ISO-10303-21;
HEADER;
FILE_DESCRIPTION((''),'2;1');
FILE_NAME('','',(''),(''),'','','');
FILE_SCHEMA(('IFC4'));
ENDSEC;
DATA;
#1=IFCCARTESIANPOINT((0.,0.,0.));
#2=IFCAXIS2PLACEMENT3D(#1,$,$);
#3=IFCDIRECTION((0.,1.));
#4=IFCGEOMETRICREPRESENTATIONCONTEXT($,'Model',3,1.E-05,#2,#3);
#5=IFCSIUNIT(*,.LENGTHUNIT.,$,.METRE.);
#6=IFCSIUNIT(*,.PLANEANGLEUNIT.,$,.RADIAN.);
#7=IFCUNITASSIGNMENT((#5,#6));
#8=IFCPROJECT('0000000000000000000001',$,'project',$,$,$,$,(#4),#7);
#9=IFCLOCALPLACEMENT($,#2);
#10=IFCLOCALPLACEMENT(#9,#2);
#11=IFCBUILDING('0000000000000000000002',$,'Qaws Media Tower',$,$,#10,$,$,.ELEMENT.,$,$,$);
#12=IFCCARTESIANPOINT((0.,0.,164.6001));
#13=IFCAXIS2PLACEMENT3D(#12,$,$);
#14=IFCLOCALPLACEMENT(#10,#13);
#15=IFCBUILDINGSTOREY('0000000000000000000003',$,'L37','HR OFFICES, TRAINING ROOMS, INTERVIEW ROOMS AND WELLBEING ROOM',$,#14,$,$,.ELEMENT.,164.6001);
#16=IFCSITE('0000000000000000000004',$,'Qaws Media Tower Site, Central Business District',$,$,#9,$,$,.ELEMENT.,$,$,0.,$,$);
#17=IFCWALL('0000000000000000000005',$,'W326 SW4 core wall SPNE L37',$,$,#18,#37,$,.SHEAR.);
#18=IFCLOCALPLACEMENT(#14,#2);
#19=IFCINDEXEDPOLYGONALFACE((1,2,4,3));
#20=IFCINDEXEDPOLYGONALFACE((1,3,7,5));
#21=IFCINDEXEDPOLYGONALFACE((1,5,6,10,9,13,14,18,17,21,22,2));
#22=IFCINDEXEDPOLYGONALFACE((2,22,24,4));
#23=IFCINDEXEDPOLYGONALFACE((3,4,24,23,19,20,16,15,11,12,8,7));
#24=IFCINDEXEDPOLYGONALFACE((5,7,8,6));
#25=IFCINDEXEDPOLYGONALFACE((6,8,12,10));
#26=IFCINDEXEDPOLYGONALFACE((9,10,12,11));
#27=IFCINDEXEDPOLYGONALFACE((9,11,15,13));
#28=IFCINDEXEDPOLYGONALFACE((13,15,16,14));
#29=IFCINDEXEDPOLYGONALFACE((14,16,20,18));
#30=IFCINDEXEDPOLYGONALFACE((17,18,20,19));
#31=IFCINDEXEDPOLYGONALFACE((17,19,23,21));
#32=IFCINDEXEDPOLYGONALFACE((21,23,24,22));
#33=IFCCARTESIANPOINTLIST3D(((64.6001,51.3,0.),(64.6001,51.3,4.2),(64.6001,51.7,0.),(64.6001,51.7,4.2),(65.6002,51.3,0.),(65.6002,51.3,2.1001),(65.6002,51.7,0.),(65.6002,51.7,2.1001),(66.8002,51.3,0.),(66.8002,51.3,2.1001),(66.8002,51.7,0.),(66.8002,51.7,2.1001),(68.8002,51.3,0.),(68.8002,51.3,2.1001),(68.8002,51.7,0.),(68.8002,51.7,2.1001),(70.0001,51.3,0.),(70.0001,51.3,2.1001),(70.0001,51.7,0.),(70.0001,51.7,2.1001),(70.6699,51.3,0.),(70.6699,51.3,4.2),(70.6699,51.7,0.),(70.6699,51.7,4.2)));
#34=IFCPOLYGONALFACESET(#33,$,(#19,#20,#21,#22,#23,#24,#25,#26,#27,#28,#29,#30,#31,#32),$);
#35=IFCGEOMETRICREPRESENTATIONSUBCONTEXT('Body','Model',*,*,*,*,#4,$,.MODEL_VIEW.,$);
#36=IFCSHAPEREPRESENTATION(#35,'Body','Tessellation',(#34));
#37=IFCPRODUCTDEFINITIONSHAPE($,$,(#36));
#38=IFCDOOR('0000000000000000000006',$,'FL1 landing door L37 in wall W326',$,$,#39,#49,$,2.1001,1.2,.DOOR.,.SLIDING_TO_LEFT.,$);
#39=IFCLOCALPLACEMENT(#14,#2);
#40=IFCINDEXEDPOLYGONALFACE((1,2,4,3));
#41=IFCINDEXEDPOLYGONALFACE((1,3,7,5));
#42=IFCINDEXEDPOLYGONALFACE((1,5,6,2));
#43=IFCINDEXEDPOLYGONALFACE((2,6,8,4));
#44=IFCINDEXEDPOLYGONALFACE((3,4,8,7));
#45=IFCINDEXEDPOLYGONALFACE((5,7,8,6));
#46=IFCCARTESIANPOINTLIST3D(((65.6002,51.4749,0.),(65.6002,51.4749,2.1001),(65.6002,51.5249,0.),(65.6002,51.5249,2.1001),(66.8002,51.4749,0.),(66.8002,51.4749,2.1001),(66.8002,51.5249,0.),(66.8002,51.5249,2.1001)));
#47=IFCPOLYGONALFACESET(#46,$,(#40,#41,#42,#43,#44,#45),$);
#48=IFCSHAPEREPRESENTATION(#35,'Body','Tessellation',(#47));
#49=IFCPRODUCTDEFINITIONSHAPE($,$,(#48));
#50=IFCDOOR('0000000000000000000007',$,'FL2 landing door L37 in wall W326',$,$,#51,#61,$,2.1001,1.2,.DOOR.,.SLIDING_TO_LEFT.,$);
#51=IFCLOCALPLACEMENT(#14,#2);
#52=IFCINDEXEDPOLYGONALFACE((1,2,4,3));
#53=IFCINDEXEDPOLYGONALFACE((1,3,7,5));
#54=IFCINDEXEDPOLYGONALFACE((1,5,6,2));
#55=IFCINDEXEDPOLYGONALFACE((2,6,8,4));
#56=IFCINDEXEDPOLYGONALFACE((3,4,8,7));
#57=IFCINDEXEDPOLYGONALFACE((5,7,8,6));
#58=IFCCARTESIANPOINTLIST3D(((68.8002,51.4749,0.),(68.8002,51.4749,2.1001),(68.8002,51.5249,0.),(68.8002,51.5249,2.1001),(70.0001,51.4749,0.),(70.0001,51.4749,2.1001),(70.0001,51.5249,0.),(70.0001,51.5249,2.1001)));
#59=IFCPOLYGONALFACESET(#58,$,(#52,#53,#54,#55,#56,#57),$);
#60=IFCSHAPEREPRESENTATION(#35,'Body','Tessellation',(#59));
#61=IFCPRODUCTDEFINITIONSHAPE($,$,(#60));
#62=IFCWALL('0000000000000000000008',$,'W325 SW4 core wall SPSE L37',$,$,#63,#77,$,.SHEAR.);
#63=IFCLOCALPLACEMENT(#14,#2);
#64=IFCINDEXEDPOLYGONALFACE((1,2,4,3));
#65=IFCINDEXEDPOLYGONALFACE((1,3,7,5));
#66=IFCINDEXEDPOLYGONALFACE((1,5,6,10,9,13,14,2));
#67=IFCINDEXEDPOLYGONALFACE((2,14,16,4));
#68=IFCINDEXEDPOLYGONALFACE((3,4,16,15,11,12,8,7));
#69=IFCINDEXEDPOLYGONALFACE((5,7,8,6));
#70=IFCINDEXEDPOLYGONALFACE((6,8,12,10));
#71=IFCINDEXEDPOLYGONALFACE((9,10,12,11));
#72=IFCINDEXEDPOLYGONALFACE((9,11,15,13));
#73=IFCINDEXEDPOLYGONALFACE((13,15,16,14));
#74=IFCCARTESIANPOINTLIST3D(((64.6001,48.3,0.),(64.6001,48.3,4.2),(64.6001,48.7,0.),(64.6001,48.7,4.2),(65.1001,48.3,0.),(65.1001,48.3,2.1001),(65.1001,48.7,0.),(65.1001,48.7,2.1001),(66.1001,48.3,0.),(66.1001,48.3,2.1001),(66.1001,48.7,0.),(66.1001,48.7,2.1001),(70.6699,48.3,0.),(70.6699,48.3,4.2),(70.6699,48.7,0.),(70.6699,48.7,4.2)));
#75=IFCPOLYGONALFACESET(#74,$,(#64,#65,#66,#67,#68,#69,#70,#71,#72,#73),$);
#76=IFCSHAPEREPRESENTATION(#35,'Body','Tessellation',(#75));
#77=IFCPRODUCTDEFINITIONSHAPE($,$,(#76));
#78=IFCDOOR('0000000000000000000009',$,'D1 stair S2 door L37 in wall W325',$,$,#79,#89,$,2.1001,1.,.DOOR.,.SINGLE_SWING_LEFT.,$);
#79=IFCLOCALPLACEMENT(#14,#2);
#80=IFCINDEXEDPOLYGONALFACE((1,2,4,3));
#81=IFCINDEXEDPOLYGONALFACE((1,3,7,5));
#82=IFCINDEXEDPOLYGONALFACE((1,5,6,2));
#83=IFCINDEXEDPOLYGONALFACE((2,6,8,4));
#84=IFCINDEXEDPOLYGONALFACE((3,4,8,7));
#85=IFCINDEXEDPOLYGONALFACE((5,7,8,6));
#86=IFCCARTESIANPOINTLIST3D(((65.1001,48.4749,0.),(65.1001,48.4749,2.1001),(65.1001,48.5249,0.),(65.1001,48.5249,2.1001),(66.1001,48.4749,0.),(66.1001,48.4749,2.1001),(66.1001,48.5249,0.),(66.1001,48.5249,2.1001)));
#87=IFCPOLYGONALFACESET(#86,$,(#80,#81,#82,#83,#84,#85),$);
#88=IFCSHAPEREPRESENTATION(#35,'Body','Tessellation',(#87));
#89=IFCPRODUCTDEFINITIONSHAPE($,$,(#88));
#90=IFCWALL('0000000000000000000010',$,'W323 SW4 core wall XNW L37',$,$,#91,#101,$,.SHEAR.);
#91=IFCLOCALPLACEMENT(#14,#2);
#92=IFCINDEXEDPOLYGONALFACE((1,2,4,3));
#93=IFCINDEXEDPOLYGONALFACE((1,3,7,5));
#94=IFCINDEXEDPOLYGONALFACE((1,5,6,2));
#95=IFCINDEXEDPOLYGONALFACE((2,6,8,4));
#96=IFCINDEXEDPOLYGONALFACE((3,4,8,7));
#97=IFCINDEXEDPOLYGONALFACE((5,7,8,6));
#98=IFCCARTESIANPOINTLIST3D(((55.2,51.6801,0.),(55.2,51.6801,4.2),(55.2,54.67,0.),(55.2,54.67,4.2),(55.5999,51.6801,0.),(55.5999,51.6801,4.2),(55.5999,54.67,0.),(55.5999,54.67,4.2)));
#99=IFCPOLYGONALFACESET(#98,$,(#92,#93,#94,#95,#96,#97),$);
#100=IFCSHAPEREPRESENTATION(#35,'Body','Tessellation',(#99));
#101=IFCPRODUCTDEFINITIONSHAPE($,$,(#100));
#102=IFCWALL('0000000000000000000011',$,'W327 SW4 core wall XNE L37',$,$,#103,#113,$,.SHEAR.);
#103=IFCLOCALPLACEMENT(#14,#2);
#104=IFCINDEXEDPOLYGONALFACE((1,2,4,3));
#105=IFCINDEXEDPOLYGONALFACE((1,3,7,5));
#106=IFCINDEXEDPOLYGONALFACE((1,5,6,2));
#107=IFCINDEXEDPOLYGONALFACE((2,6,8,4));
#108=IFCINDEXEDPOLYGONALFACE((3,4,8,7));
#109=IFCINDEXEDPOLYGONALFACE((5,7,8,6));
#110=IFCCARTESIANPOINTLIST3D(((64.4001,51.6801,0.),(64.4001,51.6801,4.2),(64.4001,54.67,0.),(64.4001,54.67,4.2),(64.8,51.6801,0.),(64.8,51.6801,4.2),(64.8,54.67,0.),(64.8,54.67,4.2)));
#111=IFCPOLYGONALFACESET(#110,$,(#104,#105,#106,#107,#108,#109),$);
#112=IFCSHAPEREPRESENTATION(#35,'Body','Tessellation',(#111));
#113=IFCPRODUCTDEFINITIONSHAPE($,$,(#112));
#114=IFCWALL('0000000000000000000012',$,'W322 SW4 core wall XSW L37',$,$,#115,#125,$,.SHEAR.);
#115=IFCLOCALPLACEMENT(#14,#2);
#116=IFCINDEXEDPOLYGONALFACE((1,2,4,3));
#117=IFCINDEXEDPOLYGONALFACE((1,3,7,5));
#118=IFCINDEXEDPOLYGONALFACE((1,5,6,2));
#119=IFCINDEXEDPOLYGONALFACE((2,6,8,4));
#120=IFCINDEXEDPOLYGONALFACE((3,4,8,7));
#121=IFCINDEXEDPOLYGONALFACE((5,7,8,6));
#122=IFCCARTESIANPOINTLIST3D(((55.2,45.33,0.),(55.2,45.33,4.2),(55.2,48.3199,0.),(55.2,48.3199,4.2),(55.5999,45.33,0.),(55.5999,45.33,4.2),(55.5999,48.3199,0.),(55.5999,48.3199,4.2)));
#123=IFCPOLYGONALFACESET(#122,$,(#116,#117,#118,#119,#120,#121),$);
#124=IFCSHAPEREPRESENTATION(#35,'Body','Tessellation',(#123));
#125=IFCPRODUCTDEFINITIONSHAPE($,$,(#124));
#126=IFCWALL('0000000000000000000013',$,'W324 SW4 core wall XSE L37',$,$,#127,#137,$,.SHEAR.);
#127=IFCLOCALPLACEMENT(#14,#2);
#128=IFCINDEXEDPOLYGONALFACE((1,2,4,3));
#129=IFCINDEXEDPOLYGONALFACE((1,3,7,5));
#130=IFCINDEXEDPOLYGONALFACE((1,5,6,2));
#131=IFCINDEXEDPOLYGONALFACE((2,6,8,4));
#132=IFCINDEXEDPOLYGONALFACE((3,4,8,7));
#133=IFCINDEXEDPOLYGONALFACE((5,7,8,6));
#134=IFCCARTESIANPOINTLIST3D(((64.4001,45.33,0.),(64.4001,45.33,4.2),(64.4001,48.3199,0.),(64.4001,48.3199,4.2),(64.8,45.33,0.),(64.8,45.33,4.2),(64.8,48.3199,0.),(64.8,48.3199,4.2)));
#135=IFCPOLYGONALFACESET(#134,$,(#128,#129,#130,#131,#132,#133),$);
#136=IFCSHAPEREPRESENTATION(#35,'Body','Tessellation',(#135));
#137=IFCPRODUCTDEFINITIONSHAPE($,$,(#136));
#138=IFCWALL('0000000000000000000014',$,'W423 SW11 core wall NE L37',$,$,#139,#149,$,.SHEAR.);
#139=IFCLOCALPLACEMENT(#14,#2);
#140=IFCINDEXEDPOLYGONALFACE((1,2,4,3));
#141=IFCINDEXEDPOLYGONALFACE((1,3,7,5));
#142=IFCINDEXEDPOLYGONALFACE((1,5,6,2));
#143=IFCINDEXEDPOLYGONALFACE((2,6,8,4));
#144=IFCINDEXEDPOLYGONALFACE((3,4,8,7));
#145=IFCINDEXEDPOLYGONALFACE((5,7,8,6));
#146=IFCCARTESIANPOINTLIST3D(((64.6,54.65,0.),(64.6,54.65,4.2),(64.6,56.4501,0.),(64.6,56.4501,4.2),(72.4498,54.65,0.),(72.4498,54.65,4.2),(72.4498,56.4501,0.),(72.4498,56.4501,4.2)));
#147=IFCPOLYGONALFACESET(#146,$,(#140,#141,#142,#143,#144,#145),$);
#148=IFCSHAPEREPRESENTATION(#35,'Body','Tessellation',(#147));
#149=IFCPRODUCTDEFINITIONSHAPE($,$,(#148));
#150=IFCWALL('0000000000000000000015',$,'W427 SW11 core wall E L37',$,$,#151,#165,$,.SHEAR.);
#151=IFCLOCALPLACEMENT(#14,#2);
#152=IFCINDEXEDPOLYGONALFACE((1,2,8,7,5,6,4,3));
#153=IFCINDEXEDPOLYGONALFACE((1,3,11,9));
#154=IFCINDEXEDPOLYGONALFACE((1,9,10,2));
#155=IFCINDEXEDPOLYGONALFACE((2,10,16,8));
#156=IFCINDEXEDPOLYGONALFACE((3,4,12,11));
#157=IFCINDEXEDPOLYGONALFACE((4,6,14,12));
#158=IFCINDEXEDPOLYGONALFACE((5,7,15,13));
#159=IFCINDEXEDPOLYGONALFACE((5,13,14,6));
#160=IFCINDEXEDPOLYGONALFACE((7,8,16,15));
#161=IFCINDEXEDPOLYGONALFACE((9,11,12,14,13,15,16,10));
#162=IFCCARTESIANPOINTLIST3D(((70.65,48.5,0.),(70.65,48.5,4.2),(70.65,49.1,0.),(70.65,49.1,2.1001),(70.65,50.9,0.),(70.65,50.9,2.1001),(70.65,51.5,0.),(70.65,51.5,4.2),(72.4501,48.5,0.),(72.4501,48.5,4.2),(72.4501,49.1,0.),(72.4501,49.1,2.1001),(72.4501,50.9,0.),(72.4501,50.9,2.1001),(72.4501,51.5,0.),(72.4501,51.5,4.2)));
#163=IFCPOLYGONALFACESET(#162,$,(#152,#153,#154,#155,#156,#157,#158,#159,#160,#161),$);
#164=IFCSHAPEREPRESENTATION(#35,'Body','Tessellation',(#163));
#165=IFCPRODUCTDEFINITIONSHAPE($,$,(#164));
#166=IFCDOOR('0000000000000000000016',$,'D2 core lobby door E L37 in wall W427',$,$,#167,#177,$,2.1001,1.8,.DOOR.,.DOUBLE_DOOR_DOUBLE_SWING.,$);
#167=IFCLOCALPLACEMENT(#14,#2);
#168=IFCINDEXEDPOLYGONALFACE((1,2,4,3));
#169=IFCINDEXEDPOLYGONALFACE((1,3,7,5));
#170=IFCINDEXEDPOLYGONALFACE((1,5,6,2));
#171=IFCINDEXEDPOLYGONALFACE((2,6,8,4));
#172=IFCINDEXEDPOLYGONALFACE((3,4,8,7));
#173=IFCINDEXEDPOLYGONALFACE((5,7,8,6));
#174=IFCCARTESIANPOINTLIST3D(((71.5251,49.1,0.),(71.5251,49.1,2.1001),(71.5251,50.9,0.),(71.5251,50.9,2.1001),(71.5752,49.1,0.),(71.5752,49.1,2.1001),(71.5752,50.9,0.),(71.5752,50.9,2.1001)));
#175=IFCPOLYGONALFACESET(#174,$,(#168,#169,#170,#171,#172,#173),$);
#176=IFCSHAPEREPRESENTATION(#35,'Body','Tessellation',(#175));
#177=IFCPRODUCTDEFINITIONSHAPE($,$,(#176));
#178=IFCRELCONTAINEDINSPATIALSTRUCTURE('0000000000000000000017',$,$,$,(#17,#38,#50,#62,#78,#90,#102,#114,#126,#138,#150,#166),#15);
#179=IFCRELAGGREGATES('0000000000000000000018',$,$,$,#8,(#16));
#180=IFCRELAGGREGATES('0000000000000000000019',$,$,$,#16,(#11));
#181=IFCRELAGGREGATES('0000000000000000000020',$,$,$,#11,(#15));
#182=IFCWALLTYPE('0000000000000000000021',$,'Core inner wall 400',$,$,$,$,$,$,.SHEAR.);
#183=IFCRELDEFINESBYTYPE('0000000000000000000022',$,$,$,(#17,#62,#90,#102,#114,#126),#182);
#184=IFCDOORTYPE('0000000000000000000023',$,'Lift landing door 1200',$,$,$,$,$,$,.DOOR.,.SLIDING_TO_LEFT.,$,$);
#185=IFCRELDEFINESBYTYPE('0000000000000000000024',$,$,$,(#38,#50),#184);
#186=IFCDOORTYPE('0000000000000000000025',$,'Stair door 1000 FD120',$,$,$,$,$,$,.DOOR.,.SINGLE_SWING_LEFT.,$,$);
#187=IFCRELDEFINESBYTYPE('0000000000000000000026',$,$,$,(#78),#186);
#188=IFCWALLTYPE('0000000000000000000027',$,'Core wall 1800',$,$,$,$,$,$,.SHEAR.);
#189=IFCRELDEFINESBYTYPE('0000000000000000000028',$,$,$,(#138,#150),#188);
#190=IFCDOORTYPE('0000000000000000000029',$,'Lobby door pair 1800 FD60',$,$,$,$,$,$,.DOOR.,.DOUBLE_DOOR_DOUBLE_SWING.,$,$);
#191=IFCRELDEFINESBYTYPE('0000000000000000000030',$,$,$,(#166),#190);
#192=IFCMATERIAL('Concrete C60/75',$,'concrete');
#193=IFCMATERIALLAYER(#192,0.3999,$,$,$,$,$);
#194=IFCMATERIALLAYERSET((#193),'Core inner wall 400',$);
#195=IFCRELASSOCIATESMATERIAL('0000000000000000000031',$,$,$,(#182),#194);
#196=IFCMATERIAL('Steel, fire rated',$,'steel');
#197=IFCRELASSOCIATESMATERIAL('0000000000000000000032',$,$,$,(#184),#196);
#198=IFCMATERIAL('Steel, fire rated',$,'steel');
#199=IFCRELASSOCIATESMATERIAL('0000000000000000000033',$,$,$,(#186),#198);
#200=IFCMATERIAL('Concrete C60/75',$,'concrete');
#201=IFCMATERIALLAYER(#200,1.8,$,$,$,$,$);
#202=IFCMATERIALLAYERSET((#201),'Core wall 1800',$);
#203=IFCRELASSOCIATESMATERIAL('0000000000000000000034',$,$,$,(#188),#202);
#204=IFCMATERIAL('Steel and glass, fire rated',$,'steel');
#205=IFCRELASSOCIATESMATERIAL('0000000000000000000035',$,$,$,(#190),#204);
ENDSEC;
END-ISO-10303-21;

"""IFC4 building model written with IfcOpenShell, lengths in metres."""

from ifc_helpers import new_model, si_unit, direction, frame, frame_2d, origin, place, context, subcontext, project, spatial, rectangle, extrude, material, layer, layer_set, type_object, element, fill, save


model = new_model("IFC4")

# Units and contexts
model_context = context("Model", 3, precision=1e-05, world=origin(), true_north=direction((0.0, 1.0)))
body_context = subcontext(model_context, "Body", "Model", "MODEL_VIEW")
ifc_project = project(units=[si_unit("LENGTHUNIT", "METRE"), si_unit("PLANEANGLEUNIT", "RADIAN")], contexts=[model_context])

# Site, building, storey
site_placement = place(None, origin())
site = spatial("IfcSite", under=ifc_project, at=site_placement, Name="Qaws Media Tower Site, Central Business District", CompositionType="ELEMENT", RefElevation=0.0)
building_placement = place(site_placement, origin())
building = spatial("IfcBuilding", under=site, at=building_placement, Name="Qaws Media Tower", CompositionType="ELEMENT")
storey_placement = place(building_placement, frame((0.0, 0.0, 164.6001)))
storey = spatial("IfcBuildingStorey", under=building, at=storey_placement, Name="L37", Description="HR OFFICES, TRAINING ROOMS, INTERVIEW ROOMS AND WELLBEING ROOM", CompositionType="ELEMENT", Elevation=164.6001)

# Wall, openings, doors
ifc_material_1 = material(Name="Concrete C60/75", Category="concrete")
ifc_layer_1 = layer(ifc_material_1, 0.3999)
ifc_layer_set_1 = layer_set([ifc_layer_1], Name="Core inner wall 400")
wall_type_1 = type_object("IfcWallType", Name="Core inner wall 400", PredefinedType="SHEAR", material=ifc_layer_set_1)
wall_1_placement = place(storey_placement, frame((64.6001, 51.5, 0.0), z_axis=(0.0, 0.0, 1.0), x_axis=(1.0, 0.0, 0.0)))
wall_1 = element("IfcWall", 1, at=wall_1_placement, inside=storey, type_object=wall_type_1, Name="W326 SW4 core wall SPNE L37", PredefinedType="SHEAR", context=body_context, shape_type="SweptSolid", body=[
    extrude(rectangle(XDim=6.0698, YDim=0.3999, at=frame_2d((3.0349, 0.0))), origin(), (0.0, 0.0, 1.0), 4.2),
])
opening_1_placement = place(wall_1_placement, frame((1.0, 0.0, 0.0)))
opening_1 = element("IfcOpeningElement", 2, at=opening_1_placement, cuts=wall_1, PredefinedType="OPENING", context=body_context, shape_type="SweptSolid", body=[
    extrude(rectangle(XDim=1.2, YDim=2.1001, at=frame_2d((0.6001, 1.05))), frame((0.0, 0.21, 0.0), z_axis=(0.0, -1.0, 0.0), x_axis=(1.0, 0.0, 0.0)), (0.0, 0.0, 1.0), 0.4199),
])
opening_2_placement = place(wall_1_placement, frame((4.2, 0.0, 0.0)))
opening_2 = element("IfcOpeningElement", 3, at=opening_2_placement, cuts=wall_1, PredefinedType="OPENING", context=body_context, shape_type="SweptSolid", body=[
    extrude(rectangle(XDim=1.2, YDim=2.1001, at=frame_2d((0.6001, 1.05))), frame((0.0, 0.21, 0.0), z_axis=(0.0, -1.0, 0.0), x_axis=(1.0, 0.0, 0.0)), (0.0, 0.0, 1.0), 0.4199),
])
ifc_material_2 = material(Name="Steel, fire rated", Category="steel")
door_type_1 = type_object("IfcDoorType", Name="Lift landing door 1200", OperationType="SLIDING_TO_LEFT", PredefinedType="DOOR", material=ifc_material_2)
door_1_placement = place(opening_1_placement, origin())
door_1 = element("IfcDoor", 4, at=door_1_placement, inside=storey, type_object=door_type_1, Name="FL1 landing door L37 in wall W326", OperationType="SLIDING_TO_LEFT", OverallHeight=2.1001, OverallWidth=1.2, PredefinedType="DOOR", context=body_context, shape_type="SweptSolid", body=[
    extrude(rectangle(XDim=1.2, YDim=2.1001, at=frame_2d((0.6001, 1.05))), frame((0.0, 0.0249, 0.0), z_axis=(0.0, -1.0, 0.0), x_axis=(1.0, 0.0, 0.0)), (0.0, 0.0, 1.0), 0.05),
])
fill(opening_1, door_1)
door_2_placement = place(opening_2_placement, origin())
door_2 = element("IfcDoor", 5, at=door_2_placement, inside=storey, type_object=door_type_1, Name="FL2 landing door L37 in wall W326", OperationType="SLIDING_TO_LEFT", OverallHeight=2.1001, OverallWidth=1.2, PredefinedType="DOOR", context=body_context, shape_type="SweptSolid", body=[
    extrude(rectangle(XDim=1.2, YDim=2.1001, at=frame_2d((0.6001, 1.05))), frame((0.0, 0.0249, 0.0), z_axis=(0.0, -1.0, 0.0), x_axis=(1.0, 0.0, 0.0)), (0.0, 0.0, 1.0), 0.05),
])
fill(opening_2, door_2)

# Wall, opening, door
wall_2_placement = place(storey_placement, frame((64.6001, 48.5, 0.0), z_axis=(0.0, 0.0, 1.0), x_axis=(1.0, 0.0, 0.0)))
wall_2 = element("IfcWall", 6, at=wall_2_placement, inside=storey, type_object=wall_type_1, Name="W325 SW4 core wall SPSE L37", PredefinedType="SHEAR", context=body_context, shape_type="SweptSolid", body=[
    extrude(rectangle(XDim=6.0698, YDim=0.3999, at=frame_2d((3.0349, 0.0))), origin(), (0.0, 0.0, 1.0), 4.2),
])
opening_3_placement = place(wall_2_placement, frame((0.5, 0.0, 0.0)))
opening_3 = element("IfcOpeningElement", 7, at=opening_3_placement, cuts=wall_2, PredefinedType="OPENING", context=body_context, shape_type="SweptSolid", body=[
    extrude(rectangle(XDim=1.0, YDim=2.1001, at=frame_2d((0.5, 1.05))), frame((0.0, 0.21, 0.0), z_axis=(0.0, -1.0, 0.0), x_axis=(1.0, 0.0, 0.0)), (0.0, 0.0, 1.0), 0.4199),
])
ifc_material_3 = material(Name="Steel, fire rated", Category="steel")
door_type_2 = type_object("IfcDoorType", Name="Stair door 1000 FD120", OperationType="SINGLE_SWING_LEFT", PredefinedType="DOOR", material=ifc_material_3)
door_3_placement = place(opening_3_placement, origin())
door_3 = element("IfcDoor", 8, at=door_3_placement, inside=storey, type_object=door_type_2, Name="D1 stair S2 door L37 in wall W325", OperationType="SINGLE_SWING_LEFT", OverallHeight=2.1001, OverallWidth=1.0, PredefinedType="DOOR", context=body_context, shape_type="SweptSolid", body=[
    extrude(rectangle(XDim=1.0, YDim=2.1001, at=frame_2d((0.5, 1.05))), frame((0.0, 0.0249, 0.0), z_axis=(0.0, -1.0, 0.0), x_axis=(1.0, 0.0, 0.0)), (0.0, 0.0, 1.0), 0.05),
])
fill(opening_3, door_3)

# Walls
for number, where, z_axis, x_axis, name in (
    (9, (55.3999, 51.6799, 0.0), (0.0, 0.0, 1.0), (0.0, 1.0, 0.0), "W323 SW4 core wall XNW L37"),
    (10, (64.6001, 51.6799, 0.0), (0.0, 0.0, 1.0), (0.0, 1.0, 0.0), "W327 SW4 core wall XNE L37"),
    (11, (55.3999, 48.3201, 0.0), (0.0, 0.0, 1.0), (0.0, -1.0, 0.0), "W322 SW4 core wall XSW L37"),
    (12, (64.6001, 48.3201, 0.0), (0.0, 0.0, 1.0), (0.0, -1.0, 0.0), "W324 SW4 core wall XSE L37"),
):
    element("IfcWall", number, at=place(storey_placement, frame(where, z_axis=z_axis, x_axis=x_axis)), inside=storey, type_object=wall_type_1, Name=name, PredefinedType="SHEAR", context=body_context, shape_type="SweptSolid", body=[
        extrude(rectangle(XDim=2.99, YDim=0.3999, at=frame_2d((1.4951, 0.0))), origin(), (0.0, 0.0, 1.0), 4.2),
    ])
ifc_material_4 = material(Name="Concrete C60/75", Category="concrete")
ifc_layer_2 = layer(ifc_material_4, 1.8)
ifc_layer_set_2 = layer_set([ifc_layer_2], Name="Core wall 1800")
wall_type_2 = type_object("IfcWallType", Name="Core wall 1800", PredefinedType="SHEAR", material=ifc_layer_set_2)
wall_3_placement = place(storey_placement, frame((64.6001, 55.55, 0.0), z_axis=(0.0, 0.0, 1.0), x_axis=(1.0, 0.0, 0.0)))
element("IfcWall", 13, at=wall_3_placement, inside=storey, type_object=wall_type_2, Name="W423 SW11 core wall NE L37", PredefinedType="SHEAR", context=body_context, shape_type="SweptSolid", body=[
    extrude(rectangle(XDim=7.8499, YDim=1.8, at=frame_2d((3.9248, 0.0))), origin(), (0.0, 0.0, 1.0), 4.2),
])

# Wall, opening, door
wall_4_placement = place(storey_placement, frame((71.55, 48.5, 0.0), z_axis=(0.0, 0.0, 1.0), x_axis=(0.0, 1.0, 0.0)))
wall_4 = element("IfcWall", 14, at=wall_4_placement, inside=storey, type_object=wall_type_2, Name="W427 SW11 core wall E L37", PredefinedType="SHEAR", context=body_context, shape_type="SweptSolid", body=[
    extrude(rectangle(XDim=3.0, YDim=1.8, at=frame_2d((1.5, 0.0))), origin(), (0.0, 0.0, 1.0), 4.2),
])
opening_4_placement = place(wall_4_placement, frame((0.6001, 0.0, 0.0)))
opening_4 = element("IfcOpeningElement", 15, at=opening_4_placement, cuts=wall_4, PredefinedType="OPENING", context=body_context, shape_type="SweptSolid", body=[
    extrude(rectangle(XDim=1.8, YDim=2.1001, at=frame_2d((0.8999, 1.05))), frame((0.0, 0.9099, 0.0), z_axis=(0.0, -1.0, 0.0), x_axis=(1.0, 0.0, 0.0)), (0.0, 0.0, 1.0), 1.8201),
])
ifc_material_5 = material(Name="Steel and glass, fire rated", Category="steel")
door_type_3 = type_object("IfcDoorType", Name="Lobby door pair 1800 FD60", OperationType="DOUBLE_DOOR_DOUBLE_SWING", PredefinedType="DOOR", material=ifc_material_5)
door_4_placement = place(opening_4_placement, origin())
door_4 = element("IfcDoor", 16, at=door_4_placement, inside=storey, type_object=door_type_3, Name="D2 core lobby door E L37 in wall W427", OperationType="DOUBLE_DOOR_DOUBLE_SWING", OverallHeight=2.1001, OverallWidth=1.8, PredefinedType="DOOR", context=body_context, shape_type="SweptSolid", body=[
    extrude(rectangle(XDim=1.8, YDim=2.1001, at=frame_2d((0.8999, 1.05))), frame((0.0, 0.0249, 0.0), z_axis=(0.0, -1.0, 0.0), x_axis=(1.0, 0.0, 0.0)), (0.0, 0.0, 1.0), 0.05),
])
fill(opening_4, door_4)

save(model, "model.ifc")
